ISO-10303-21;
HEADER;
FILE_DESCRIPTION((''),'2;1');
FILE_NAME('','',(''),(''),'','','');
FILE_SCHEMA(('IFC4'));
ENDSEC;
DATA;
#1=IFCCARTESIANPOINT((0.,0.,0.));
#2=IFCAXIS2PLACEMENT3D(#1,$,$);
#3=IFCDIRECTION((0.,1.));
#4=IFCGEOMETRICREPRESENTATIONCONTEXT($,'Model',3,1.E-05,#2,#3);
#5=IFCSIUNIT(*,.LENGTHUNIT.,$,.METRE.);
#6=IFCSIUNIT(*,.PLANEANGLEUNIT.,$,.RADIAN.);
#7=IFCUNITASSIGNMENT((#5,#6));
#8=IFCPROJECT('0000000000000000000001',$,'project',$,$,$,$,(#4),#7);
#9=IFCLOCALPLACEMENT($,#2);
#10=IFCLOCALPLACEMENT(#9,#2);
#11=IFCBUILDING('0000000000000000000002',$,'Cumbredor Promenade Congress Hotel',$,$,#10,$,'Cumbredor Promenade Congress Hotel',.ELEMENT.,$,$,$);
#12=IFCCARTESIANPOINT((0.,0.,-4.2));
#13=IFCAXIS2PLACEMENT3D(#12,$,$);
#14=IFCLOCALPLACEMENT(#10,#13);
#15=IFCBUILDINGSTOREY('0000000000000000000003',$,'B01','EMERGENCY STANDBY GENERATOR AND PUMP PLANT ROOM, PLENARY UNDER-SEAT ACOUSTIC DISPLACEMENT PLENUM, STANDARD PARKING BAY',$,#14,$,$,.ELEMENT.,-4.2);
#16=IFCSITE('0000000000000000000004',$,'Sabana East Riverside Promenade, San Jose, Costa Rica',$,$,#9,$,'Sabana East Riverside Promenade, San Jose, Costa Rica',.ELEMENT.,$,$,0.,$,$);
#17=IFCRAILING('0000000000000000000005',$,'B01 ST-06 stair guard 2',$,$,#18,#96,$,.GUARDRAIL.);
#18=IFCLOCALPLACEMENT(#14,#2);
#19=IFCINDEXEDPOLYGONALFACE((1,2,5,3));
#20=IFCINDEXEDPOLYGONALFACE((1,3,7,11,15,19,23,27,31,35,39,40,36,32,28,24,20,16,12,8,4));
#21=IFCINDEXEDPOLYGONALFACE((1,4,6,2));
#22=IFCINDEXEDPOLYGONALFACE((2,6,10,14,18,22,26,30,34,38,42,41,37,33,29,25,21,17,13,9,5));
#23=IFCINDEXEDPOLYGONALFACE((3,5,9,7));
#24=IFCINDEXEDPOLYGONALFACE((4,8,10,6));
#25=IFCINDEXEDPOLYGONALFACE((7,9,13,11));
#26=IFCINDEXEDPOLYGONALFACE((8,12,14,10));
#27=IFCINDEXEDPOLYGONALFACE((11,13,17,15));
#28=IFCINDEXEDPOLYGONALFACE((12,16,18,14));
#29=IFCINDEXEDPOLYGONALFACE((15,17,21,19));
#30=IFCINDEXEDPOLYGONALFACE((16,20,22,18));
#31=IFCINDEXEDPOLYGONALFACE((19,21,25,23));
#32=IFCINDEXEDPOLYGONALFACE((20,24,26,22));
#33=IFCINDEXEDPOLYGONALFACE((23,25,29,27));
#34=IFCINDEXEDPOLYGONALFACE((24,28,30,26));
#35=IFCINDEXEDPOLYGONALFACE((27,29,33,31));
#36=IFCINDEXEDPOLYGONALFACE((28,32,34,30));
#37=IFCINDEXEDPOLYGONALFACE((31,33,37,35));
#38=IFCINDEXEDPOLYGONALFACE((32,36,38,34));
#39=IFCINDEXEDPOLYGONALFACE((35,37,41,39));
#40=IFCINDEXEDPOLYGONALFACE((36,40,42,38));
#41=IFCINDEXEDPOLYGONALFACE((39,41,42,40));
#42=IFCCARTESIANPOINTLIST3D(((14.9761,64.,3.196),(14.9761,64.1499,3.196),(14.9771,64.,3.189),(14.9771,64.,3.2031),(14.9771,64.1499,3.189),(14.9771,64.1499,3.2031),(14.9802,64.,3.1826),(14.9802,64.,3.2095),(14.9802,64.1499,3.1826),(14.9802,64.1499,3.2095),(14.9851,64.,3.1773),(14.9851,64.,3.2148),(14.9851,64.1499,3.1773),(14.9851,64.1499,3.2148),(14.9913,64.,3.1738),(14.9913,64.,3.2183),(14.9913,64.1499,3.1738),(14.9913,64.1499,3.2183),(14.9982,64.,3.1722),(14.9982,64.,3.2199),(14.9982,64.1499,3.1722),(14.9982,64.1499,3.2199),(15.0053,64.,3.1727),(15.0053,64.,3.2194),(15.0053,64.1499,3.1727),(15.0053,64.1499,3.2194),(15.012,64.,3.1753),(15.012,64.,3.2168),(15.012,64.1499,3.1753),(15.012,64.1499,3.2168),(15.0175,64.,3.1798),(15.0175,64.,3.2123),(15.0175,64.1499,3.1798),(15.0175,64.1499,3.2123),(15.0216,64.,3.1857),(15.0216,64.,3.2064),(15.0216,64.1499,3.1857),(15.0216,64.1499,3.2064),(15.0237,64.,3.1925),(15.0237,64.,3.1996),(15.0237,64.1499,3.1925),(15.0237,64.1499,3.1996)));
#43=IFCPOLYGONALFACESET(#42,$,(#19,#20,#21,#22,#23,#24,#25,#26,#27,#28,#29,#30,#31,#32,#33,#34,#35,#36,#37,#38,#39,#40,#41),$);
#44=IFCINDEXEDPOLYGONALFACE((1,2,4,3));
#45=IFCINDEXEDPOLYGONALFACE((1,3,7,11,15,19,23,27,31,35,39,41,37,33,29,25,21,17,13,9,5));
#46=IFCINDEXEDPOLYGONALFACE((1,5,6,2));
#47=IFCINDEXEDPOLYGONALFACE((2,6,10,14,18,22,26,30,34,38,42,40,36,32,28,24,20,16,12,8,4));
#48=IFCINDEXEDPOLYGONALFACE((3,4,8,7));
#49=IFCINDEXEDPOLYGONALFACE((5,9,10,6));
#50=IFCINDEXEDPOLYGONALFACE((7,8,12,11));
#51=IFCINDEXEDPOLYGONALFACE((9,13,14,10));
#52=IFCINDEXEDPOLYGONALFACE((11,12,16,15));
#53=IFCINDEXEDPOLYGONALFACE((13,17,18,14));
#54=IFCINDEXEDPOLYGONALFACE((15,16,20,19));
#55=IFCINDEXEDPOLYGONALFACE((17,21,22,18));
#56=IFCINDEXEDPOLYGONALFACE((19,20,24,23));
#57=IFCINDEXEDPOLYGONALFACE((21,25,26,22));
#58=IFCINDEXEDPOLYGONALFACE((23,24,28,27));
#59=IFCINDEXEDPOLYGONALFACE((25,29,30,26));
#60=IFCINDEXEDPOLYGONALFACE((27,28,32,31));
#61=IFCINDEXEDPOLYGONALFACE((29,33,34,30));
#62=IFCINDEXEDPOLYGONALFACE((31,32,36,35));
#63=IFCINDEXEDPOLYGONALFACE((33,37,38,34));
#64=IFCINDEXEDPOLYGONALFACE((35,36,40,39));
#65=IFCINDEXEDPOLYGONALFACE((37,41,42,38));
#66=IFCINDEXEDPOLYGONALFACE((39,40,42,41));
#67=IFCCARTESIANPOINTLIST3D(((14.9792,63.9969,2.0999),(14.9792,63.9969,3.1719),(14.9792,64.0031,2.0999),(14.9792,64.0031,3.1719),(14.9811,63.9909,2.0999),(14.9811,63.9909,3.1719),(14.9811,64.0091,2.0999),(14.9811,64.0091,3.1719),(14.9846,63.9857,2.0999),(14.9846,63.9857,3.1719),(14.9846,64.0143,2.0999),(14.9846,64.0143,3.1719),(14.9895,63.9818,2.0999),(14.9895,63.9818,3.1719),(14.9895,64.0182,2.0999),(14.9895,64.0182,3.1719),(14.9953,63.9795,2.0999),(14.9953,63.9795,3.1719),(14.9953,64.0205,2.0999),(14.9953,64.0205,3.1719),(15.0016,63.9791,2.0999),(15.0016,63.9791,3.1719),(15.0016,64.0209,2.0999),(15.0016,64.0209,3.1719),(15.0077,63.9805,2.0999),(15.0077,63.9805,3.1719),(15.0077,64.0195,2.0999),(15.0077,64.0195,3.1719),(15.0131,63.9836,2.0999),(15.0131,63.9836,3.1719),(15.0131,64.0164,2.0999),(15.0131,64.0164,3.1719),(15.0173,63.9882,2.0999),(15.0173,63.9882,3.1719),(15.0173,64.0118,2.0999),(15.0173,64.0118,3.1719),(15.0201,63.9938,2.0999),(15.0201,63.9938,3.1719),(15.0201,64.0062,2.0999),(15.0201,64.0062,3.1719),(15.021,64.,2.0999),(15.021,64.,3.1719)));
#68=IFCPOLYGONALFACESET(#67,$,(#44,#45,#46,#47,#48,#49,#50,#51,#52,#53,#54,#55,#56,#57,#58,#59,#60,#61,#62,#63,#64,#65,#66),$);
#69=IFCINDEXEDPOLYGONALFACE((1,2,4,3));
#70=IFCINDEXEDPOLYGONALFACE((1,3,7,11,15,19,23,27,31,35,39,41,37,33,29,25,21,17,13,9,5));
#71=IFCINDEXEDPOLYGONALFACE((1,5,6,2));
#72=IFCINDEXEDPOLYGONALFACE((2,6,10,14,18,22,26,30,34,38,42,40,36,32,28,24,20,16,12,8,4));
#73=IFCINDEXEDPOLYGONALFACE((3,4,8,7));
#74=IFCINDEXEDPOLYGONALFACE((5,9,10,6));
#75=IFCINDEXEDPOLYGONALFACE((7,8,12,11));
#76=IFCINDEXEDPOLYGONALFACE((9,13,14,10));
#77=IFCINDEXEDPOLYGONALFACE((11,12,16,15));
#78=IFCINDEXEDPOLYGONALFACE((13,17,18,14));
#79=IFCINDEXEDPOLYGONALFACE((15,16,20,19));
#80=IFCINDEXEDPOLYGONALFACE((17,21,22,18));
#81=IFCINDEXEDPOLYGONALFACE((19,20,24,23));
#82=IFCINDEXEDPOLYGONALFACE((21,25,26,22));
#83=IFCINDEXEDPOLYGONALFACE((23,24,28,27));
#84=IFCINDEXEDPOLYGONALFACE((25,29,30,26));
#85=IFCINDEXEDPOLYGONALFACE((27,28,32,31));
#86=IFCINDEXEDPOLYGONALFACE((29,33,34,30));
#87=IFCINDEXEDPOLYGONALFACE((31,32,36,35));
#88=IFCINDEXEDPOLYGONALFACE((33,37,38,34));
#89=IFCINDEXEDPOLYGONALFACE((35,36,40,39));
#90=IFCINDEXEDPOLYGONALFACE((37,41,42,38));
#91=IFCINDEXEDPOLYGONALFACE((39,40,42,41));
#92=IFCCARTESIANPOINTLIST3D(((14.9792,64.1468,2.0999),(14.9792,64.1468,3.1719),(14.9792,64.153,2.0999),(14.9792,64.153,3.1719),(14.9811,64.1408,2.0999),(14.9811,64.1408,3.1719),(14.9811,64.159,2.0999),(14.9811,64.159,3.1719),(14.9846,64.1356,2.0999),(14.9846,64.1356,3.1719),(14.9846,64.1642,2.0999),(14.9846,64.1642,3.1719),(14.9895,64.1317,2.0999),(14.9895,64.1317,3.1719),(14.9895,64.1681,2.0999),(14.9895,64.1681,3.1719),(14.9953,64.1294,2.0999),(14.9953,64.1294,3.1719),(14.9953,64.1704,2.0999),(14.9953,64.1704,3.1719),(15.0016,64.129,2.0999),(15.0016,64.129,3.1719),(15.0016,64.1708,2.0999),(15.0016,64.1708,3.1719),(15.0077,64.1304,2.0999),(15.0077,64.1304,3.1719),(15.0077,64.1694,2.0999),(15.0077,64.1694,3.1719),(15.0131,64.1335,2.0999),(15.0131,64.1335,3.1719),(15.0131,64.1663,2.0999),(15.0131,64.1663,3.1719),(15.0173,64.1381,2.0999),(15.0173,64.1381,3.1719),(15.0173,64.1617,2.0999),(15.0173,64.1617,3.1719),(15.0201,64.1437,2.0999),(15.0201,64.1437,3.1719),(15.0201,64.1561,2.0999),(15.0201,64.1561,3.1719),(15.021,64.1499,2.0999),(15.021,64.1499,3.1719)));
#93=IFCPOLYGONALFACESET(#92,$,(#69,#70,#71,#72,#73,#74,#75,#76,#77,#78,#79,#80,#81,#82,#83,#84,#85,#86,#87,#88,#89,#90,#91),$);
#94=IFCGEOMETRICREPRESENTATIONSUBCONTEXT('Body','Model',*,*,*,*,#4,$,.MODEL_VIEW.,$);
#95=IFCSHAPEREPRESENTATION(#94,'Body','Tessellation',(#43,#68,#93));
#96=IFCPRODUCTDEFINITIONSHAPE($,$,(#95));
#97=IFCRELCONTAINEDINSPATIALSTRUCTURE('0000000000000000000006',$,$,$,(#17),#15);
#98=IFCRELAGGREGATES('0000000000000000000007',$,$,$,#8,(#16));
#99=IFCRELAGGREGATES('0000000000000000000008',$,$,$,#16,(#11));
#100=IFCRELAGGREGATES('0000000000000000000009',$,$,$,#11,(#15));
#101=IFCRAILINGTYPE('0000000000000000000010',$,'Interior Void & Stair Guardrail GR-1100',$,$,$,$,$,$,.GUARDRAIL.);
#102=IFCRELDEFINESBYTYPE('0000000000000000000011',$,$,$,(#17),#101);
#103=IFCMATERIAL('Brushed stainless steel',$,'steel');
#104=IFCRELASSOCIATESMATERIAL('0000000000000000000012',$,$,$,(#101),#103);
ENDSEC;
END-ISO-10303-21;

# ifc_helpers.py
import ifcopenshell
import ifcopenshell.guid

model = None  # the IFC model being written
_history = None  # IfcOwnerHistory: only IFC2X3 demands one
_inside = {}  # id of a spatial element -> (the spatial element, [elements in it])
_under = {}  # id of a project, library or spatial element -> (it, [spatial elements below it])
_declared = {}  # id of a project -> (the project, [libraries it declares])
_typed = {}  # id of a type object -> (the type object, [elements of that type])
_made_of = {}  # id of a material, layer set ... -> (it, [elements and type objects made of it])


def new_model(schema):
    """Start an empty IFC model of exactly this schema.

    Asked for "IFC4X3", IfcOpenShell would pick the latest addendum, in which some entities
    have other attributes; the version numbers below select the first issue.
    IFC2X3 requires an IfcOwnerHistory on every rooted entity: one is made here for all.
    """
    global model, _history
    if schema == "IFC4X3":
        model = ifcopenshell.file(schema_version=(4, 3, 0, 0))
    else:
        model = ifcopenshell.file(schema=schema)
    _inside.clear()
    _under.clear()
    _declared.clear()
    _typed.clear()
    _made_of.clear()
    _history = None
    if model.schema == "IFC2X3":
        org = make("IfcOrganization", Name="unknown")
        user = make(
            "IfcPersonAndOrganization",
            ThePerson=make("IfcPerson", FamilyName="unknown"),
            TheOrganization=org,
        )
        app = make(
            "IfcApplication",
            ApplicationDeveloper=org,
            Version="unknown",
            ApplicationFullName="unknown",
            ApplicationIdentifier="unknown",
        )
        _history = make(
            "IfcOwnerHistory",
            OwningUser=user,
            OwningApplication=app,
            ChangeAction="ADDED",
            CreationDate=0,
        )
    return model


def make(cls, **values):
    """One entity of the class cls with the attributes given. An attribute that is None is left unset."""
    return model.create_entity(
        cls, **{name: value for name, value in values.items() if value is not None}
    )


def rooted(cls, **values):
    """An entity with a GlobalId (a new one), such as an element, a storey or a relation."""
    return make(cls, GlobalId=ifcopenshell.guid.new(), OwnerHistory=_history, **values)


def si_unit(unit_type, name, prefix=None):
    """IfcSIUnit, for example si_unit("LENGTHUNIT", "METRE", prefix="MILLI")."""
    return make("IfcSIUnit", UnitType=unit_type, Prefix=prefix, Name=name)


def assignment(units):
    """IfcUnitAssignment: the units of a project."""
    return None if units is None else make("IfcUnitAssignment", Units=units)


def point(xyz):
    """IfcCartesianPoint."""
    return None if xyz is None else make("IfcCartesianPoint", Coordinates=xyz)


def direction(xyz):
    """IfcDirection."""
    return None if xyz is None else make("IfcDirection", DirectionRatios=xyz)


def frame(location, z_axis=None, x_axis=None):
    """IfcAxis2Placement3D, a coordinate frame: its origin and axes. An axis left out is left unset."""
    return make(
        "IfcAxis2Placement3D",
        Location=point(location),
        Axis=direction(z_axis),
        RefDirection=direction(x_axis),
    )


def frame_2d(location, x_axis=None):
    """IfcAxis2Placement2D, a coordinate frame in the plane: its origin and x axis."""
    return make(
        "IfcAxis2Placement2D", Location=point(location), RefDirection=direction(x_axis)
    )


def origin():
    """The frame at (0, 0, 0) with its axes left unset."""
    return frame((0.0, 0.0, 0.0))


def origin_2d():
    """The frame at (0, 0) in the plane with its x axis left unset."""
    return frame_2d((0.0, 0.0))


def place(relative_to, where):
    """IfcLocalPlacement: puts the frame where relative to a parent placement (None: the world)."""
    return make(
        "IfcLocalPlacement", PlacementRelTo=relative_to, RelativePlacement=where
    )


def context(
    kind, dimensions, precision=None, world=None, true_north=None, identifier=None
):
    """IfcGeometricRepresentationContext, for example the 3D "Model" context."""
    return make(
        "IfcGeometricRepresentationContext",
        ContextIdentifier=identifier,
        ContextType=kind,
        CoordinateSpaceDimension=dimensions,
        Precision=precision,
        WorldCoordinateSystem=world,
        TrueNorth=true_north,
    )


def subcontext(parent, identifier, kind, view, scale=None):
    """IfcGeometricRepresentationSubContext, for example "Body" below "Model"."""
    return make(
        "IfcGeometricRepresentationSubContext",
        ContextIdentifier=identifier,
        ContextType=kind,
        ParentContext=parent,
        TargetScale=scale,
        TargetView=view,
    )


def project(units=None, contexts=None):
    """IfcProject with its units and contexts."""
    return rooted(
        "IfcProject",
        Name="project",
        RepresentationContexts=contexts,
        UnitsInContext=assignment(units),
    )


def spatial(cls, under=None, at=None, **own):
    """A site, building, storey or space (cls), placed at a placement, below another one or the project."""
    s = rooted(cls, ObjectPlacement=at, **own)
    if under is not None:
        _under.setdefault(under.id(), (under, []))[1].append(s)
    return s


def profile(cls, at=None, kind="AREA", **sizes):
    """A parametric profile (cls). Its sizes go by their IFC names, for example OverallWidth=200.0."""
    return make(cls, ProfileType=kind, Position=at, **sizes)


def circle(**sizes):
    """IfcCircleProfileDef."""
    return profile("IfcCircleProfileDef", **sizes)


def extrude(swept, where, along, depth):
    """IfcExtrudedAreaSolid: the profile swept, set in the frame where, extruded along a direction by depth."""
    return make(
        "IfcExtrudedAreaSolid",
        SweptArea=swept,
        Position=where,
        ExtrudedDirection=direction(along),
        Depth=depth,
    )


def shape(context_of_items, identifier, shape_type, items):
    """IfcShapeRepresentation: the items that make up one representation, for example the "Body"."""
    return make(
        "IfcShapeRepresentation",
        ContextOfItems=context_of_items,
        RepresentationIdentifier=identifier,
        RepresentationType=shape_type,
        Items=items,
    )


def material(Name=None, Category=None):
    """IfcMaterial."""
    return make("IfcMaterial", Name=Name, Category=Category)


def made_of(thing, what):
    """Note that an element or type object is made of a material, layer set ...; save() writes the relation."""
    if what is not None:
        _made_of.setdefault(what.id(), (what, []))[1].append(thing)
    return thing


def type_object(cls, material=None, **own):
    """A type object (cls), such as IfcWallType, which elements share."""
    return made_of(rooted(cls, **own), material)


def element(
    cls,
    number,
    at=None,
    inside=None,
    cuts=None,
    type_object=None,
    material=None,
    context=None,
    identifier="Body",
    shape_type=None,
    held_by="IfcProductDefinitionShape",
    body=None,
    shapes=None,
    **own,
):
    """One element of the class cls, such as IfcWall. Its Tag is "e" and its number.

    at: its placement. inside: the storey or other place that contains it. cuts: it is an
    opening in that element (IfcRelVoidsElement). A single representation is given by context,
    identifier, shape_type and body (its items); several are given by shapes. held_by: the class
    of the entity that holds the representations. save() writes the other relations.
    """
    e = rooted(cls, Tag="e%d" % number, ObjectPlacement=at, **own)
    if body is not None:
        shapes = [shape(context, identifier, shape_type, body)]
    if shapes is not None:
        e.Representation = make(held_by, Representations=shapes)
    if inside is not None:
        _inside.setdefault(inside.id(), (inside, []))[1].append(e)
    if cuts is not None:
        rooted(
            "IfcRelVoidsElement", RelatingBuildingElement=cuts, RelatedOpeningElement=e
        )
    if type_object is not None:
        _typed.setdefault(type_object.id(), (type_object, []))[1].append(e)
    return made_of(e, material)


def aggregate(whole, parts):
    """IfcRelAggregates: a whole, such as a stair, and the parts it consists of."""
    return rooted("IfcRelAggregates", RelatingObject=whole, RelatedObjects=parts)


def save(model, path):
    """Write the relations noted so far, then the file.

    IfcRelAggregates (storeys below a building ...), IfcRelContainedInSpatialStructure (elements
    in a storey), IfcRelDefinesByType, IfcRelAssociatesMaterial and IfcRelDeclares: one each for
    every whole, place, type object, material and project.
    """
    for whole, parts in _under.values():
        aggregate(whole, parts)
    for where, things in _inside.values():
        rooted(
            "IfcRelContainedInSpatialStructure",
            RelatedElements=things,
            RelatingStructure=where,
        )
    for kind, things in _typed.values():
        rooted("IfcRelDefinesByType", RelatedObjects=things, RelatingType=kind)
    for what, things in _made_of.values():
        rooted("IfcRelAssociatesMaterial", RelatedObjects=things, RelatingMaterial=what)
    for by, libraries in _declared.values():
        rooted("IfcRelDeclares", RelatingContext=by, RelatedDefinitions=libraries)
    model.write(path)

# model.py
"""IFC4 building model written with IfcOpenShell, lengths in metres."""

from ifc_helpers import new_model, si_unit, direction, frame, origin, origin_2d, place, context, subcontext, project, spatial, circle, extrude, material, type_object, element, save


model = new_model("IFC4")

# Units and contexts
model_context = context("Model", 3, precision=1e-05, world=origin(), true_north=direction((0.0, 1.0)))
body_context = subcontext(model_context, "Body", "Model", "MODEL_VIEW")
ifc_project = project(units=[si_unit("LENGTHUNIT", "METRE"), si_unit("PLANEANGLEUNIT", "RADIAN")], contexts=[model_context])

# Site, building, storey
site_placement = place(None, origin())
site = spatial("IfcSite", under=ifc_project, at=site_placement, Name="Sabana East Riverside Promenade, San Jose, Costa Rica", LongName="Sabana East Riverside Promenade, San Jose, Costa Rica", CompositionType="ELEMENT", RefElevation=0.0)
building_placement = place(site_placement, origin())
building = spatial("IfcBuilding", under=site, at=building_placement, Name="Cumbredor Promenade Congress Hotel", LongName="Cumbredor Promenade Congress Hotel", CompositionType="ELEMENT")
storey_placement = place(building_placement, frame((0.0, 0.0, -4.2)))
storey = spatial("IfcBuildingStorey", under=building, at=storey_placement, Name="B01", Description="EMERGENCY STANDBY GENERATOR AND PUMP PLANT ROOM, PLENARY UNDER-SEAT ACOUSTIC DISPLACEMENT PLENUM, STANDARD PARKING BAY", CompositionType="ELEMENT", Elevation=-4.2)

# Railing
ifc_material_1 = material(Name="Brushed stainless steel", Category="steel")
railing_type_1 = type_object("IfcRailingType", Name="Interior Void & Stair Guardrail GR-1100", PredefinedType="GUARDRAIL", material=ifc_material_1)
railing_1_placement = place(storey_placement, frame((15.0, 64.0, 2.0999)))
element("IfcRailing", 1, at=railing_1_placement, inside=storey, type_object=railing_type_1, Name="B01 ST-06 stair guard 2", PredefinedType="GUARDRAIL", context=body_context, shape_type="SweptSolid", body=[
    extrude(circle(Radius=0.0239, at=origin_2d()), frame((0.0, 0.0, 1.0962), z_axis=(0.0, 1.0, 0.0), x_axis=(-1.0, 0.0, 0.0)), (0.0, 0.0, 1.0), 0.1499),
    extrude(circle(Radius=0.021, at=origin_2d()), origin(), (0.0, 0.0, 1.0), 1.072),
    extrude(circle(Radius=0.021, at=origin_2d()), frame((0.0, 0.1499, 0.0)), (0.0, 0.0, 1.0), 1.072),
])

save(model, "model.ifc")
